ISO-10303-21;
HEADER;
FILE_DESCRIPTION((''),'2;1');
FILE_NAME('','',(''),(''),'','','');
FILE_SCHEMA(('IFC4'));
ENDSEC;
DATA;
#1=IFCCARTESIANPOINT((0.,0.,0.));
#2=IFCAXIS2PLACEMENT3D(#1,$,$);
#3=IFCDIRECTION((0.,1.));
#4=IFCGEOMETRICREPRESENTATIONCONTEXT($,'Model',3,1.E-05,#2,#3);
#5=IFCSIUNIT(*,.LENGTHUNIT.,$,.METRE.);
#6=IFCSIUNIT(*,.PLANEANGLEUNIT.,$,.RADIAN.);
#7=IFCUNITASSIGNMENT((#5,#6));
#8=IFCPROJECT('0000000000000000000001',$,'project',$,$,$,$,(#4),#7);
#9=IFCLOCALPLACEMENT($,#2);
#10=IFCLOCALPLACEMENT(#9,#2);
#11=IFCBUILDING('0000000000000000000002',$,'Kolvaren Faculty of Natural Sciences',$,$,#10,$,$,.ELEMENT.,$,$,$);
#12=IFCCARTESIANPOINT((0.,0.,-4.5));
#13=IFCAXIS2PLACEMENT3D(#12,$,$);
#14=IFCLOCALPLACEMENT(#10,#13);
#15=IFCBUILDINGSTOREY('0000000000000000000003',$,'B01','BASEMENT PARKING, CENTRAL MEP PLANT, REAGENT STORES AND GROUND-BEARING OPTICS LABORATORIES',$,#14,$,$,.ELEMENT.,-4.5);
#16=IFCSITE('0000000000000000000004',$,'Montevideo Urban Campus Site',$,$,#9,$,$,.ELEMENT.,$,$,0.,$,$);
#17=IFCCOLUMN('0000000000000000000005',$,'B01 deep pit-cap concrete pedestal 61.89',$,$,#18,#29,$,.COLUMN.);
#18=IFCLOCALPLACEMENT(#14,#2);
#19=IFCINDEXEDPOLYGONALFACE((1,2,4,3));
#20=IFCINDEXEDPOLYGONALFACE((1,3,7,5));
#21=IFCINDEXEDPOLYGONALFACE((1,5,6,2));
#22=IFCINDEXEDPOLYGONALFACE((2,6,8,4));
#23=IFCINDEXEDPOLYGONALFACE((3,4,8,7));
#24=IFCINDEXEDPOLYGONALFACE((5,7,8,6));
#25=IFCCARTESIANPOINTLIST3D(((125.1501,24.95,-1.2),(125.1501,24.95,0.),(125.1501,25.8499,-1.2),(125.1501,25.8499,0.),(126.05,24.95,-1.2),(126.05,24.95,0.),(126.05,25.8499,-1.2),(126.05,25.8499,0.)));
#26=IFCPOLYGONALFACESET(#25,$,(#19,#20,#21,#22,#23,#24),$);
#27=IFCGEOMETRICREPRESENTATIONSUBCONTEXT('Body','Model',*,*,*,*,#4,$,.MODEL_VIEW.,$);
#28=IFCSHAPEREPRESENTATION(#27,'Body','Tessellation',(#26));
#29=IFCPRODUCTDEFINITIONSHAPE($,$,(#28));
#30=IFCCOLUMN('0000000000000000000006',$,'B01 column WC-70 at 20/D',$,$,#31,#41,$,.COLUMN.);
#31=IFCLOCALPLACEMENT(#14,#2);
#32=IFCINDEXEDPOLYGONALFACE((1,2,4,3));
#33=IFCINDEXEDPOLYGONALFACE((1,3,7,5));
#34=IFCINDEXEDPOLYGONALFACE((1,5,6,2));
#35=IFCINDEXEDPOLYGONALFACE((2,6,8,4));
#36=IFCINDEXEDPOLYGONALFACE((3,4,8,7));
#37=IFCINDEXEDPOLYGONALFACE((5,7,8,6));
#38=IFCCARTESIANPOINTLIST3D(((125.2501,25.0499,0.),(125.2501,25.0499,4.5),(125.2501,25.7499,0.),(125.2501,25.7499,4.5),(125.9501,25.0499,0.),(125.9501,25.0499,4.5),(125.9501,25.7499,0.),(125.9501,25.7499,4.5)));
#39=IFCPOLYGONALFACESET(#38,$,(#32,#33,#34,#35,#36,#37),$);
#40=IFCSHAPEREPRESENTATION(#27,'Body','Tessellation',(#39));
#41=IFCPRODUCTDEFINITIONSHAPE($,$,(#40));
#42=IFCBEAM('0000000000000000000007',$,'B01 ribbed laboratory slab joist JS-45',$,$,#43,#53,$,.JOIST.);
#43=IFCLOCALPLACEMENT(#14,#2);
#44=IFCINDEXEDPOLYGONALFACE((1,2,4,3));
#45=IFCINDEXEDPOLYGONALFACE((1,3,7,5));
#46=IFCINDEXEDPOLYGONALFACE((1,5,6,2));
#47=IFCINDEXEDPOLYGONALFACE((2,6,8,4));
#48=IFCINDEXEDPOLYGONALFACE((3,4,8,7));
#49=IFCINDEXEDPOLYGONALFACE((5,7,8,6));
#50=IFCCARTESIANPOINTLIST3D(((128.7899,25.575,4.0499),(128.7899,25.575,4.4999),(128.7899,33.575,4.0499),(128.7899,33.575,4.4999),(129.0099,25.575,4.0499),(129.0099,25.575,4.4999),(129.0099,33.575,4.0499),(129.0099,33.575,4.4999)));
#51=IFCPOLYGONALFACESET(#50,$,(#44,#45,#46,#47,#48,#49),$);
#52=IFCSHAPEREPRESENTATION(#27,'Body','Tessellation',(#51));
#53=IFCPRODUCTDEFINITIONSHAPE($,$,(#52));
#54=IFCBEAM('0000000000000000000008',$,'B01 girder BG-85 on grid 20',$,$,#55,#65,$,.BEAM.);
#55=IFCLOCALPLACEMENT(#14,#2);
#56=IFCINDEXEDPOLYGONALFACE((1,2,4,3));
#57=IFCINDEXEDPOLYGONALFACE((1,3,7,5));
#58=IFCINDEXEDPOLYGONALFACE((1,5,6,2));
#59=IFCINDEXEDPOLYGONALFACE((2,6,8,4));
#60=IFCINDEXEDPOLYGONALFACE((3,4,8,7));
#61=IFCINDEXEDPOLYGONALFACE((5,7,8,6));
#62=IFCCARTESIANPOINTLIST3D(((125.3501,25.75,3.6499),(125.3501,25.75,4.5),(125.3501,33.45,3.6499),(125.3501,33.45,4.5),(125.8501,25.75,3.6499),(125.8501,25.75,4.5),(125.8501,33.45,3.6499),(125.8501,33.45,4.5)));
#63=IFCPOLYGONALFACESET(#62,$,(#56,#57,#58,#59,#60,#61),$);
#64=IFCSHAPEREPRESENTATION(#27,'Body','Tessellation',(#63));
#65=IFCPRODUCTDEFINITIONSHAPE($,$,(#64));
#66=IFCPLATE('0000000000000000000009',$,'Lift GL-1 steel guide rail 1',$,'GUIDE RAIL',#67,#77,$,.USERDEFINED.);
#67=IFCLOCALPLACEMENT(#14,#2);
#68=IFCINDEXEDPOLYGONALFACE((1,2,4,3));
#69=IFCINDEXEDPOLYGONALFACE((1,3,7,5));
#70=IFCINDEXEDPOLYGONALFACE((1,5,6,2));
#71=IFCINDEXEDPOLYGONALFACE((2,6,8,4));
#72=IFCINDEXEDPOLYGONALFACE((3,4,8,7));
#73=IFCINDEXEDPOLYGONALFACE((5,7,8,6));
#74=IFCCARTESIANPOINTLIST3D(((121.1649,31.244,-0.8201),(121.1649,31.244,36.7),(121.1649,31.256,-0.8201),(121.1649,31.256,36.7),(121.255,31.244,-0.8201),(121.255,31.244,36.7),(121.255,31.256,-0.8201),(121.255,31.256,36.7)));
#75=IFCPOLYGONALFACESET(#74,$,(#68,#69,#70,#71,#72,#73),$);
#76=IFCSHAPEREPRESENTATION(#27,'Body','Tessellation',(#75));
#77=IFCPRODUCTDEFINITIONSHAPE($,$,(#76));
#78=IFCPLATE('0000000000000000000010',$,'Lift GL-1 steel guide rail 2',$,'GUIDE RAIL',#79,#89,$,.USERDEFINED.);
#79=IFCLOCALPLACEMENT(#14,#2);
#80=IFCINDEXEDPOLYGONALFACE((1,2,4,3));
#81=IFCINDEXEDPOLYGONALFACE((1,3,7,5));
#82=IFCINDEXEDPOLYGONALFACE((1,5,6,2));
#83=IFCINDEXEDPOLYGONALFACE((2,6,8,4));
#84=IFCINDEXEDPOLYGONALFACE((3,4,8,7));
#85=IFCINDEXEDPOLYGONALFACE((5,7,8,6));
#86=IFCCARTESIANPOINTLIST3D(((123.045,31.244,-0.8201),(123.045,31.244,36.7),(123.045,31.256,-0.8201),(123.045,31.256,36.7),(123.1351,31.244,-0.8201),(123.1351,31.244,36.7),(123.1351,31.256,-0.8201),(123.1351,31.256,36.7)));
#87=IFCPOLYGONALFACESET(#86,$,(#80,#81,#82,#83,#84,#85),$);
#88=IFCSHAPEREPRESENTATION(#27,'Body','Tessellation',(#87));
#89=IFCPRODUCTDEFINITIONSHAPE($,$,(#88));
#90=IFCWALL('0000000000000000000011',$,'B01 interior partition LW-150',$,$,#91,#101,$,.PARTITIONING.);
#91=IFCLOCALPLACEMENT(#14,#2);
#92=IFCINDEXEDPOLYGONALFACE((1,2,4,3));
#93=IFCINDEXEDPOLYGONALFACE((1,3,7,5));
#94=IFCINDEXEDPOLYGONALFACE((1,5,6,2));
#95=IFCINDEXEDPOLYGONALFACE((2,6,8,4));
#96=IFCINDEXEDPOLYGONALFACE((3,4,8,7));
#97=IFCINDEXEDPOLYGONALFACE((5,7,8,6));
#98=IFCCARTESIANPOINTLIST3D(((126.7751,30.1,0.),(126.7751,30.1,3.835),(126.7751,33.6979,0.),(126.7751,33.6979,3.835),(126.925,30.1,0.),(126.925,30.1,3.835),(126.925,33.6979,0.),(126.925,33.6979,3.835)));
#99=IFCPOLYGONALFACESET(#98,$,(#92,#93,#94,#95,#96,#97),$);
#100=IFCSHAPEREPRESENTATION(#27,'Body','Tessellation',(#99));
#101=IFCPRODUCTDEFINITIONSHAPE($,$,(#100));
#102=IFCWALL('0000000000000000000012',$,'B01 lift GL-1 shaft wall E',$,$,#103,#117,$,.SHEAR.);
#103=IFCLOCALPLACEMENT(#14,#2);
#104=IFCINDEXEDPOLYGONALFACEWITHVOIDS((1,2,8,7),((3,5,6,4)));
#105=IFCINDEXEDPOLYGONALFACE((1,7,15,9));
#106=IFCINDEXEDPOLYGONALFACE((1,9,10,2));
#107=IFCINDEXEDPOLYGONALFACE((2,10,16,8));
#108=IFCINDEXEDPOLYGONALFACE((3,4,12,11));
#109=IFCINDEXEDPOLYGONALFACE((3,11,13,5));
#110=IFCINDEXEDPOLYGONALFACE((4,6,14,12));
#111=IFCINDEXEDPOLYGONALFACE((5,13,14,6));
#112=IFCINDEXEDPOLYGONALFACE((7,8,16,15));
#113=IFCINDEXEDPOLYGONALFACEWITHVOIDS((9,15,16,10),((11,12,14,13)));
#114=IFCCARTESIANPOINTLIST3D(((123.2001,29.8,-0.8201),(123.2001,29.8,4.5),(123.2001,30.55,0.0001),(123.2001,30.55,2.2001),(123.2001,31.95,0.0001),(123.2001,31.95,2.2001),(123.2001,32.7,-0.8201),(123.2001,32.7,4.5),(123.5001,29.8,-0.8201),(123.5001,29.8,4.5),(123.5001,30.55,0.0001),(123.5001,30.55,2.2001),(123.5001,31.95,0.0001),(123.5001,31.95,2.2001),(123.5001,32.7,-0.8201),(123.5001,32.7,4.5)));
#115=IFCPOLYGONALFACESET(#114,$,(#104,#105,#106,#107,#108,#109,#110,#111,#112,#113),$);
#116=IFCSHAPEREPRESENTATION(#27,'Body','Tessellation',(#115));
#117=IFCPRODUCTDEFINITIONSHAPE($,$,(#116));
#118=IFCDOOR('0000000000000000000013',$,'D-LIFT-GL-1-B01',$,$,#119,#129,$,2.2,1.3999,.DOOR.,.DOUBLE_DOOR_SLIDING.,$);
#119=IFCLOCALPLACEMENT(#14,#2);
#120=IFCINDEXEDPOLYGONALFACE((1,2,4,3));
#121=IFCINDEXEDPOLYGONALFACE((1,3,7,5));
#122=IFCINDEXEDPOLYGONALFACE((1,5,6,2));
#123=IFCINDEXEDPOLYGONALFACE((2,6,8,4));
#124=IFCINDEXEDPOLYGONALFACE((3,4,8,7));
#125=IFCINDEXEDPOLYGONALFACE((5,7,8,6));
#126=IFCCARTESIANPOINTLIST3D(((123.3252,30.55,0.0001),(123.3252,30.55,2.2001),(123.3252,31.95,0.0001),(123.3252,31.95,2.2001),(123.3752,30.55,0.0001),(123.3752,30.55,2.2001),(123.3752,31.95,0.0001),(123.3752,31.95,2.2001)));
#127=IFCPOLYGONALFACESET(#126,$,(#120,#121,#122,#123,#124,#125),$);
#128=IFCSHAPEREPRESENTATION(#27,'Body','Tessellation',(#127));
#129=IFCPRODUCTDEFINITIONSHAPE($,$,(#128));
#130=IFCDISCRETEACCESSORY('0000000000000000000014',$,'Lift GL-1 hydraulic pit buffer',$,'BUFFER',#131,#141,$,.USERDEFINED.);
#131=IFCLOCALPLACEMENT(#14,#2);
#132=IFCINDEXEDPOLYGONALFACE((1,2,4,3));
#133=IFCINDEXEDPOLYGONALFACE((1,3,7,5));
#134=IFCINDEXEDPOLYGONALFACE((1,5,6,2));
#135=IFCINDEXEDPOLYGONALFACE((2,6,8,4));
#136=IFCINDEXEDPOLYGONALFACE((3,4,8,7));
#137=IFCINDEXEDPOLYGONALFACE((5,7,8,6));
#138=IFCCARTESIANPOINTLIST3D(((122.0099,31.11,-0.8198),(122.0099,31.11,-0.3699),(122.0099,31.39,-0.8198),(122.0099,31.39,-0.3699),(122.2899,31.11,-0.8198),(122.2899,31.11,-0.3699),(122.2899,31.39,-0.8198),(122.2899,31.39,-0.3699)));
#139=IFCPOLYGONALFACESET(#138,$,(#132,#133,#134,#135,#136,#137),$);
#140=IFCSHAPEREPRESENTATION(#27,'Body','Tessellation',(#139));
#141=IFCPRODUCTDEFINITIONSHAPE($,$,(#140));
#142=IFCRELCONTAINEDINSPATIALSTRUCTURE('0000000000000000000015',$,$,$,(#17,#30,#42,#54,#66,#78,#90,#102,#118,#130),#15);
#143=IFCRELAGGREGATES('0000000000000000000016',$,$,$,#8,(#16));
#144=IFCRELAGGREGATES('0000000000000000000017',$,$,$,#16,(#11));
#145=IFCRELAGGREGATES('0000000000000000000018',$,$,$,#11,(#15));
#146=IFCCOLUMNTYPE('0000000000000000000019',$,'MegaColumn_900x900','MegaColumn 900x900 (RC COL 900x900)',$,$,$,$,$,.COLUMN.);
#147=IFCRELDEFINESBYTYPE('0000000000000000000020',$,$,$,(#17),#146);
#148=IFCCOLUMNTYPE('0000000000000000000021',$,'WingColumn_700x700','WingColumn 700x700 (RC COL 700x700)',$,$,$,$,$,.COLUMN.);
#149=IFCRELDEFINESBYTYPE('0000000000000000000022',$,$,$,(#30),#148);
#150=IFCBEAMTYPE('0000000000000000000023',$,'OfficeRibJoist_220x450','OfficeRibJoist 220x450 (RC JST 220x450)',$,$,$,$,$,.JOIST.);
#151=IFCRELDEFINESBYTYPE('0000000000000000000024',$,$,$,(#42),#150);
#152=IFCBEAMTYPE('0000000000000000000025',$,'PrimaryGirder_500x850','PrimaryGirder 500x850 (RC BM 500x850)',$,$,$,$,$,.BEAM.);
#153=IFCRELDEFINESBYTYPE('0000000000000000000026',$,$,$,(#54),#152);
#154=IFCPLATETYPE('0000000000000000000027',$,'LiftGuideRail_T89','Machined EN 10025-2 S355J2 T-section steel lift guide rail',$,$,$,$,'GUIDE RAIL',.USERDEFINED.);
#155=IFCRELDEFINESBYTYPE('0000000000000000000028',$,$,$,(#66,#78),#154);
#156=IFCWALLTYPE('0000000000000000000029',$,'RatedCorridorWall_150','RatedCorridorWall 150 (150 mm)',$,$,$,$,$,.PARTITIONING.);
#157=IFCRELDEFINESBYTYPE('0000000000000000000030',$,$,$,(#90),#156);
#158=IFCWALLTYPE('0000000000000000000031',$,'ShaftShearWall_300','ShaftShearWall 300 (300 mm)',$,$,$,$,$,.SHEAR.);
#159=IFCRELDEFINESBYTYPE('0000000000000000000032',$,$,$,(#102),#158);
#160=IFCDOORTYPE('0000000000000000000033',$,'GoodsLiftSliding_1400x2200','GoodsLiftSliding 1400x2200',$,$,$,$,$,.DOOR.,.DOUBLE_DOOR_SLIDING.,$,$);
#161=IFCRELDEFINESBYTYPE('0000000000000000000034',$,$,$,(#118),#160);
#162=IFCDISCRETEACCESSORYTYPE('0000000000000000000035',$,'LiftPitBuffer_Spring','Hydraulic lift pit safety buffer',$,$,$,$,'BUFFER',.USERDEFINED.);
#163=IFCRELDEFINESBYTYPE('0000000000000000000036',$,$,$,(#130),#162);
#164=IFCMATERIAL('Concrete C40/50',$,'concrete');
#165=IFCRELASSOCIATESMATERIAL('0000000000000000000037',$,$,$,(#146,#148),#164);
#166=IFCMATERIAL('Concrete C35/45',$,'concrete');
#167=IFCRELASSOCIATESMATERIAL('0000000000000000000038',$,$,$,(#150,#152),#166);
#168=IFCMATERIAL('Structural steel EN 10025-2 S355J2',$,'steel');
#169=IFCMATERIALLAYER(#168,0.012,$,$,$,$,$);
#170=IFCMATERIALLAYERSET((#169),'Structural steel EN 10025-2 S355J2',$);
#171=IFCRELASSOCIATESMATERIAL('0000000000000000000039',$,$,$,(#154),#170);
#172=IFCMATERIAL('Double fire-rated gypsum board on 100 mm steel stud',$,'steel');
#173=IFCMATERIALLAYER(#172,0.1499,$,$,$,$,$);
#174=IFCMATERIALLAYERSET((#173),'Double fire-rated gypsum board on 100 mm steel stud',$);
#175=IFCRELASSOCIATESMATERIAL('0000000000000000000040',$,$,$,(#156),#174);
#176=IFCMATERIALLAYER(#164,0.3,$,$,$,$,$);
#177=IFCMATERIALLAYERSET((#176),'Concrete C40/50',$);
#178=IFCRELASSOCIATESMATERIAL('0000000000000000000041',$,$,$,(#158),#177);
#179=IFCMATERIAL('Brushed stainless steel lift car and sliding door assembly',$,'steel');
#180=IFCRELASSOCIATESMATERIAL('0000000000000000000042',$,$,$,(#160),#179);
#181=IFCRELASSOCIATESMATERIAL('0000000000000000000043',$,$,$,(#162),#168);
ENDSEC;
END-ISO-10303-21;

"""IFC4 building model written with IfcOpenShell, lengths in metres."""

from ifc_helpers import new_model, si_unit, direction, frame, frame_2d, origin, origin_2d, place, context, subcontext, project, spatial, rectangle, extrude, material, layer, layer_set, material_profile, profile_set, type_object, element, fill, save


model = new_model("IFC4")

# Units and contexts
model_context = context("Model", 3, precision=1e-05, world=origin(), true_north=direction((0.0, 1.0)))
body_context = subcontext(model_context, "Body", "Model", "MODEL_VIEW")
ifc_project = project(units=[si_unit("LENGTHUNIT", "METRE"), si_unit("PLANEANGLEUNIT", "RADIAN")], contexts=[model_context])

# Site, building, storey
site_placement = place(None, origin())
site = spatial("IfcSite", under=ifc_project, at=site_placement, Name="Montevideo Urban Campus Site", CompositionType="ELEMENT", RefElevation=0.0)
building_placement = place(site_placement, origin())
building = spatial("IfcBuilding", under=site, at=building_placement, Name="Kolvaren Faculty of Natural Sciences", CompositionType="ELEMENT")
storey_placement = place(building_placement, frame((0.0, 0.0, -4.5)))
storey = spatial("IfcBuildingStorey", under=building, at=storey_placement, Name="B01", Description="BASEMENT PARKING, CENTRAL MEP PLANT, REAGENT STORES AND GROUND-BEARING OPTICS LABORATORIES", CompositionType="ELEMENT", Elevation=-4.5)

# Shared definitions
ifc_material_1 = material(Name="Concrete C35/45", Category="concrete")

# Columns
ifc_material_2 = material(Name="Concrete C40/50", Category="concrete")
ifc_material_profile_1 = material_profile(ifc_material_2, rectangle(XDim=0.8999, YDim=0.8999, at=origin_2d()), Name="RC COL 900x900")
ifc_profile_set_1 = profile_set([ifc_material_profile_1], Name="Concrete C40/50")
column_type_1 = type_object("IfcColumnType", Name="MegaColumn_900x900", Description="MegaColumn 900x900 (RC COL 900x900)", PredefinedType="COLUMN", material=ifc_profile_set_1)
column_1_placement = place(storey_placement, frame((125.6001, 25.3999, -1.2), z_axis=(0.0, 0.0, 1.0), x_axis=(1.0, 0.0, 0.0)))
element("IfcColumn", 1, at=column_1_placement, inside=storey, type_object=column_type_1, Name="B01 deep pit-cap concrete pedestal 61.89", PredefinedType="COLUMN", context=body_context, shape_type="SweptSolid", body=[
    extrude(rectangle(XDim=0.8999, YDim=0.8999, at=origin_2d()), origin(), (0.0, 0.0, 1.0), 1.2),
])
ifc_material_profile_2 = material_profile(ifc_material_2, rectangle(XDim=0.7, YDim=0.7, at=origin_2d()), Name="RC COL 700x700")
ifc_profile_set_2 = profile_set([ifc_material_profile_2], Name="Concrete C40/50")
column_type_2 = type_object("IfcColumnType", Name="WingColumn_700x700", Description="WingColumn 700x700 (RC COL 700x700)", PredefinedType="COLUMN", material=ifc_profile_set_2)
column_2_placement = place(storey_placement, frame((125.6001, 25.3999, 0.0), z_axis=(0.0, 0.0, 1.0), x_axis=(1.0, 0.0, 0.0)))
element("IfcColumn", 2, at=column_2_placement, inside=storey, type_object=column_type_2, Name="B01 column WC-70 at 20/D", PredefinedType="COLUMN", context=body_context, shape_type="SweptSolid", body=[
    extrude(rectangle(XDim=0.7, YDim=0.7, at=origin_2d()), origin(), (0.0, 0.0, 1.0), 4.5),
])

# Beams
ifc_material_profile_3 = material_profile(ifc_material_1, rectangle(XDim=0.22, YDim=0.45, at=origin_2d()), Name="RC JST 220x450")
ifc_profile_set_3 = profile_set([ifc_material_profile_3], Name="Concrete C35/45")
beam_type_1 = type_object("IfcBeamType", Name="OfficeRibJoist_220x450", Description="OfficeRibJoist 220x450 (RC JST 220x450)", PredefinedType="JOIST", material=ifc_profile_set_3)
beam_1_placement = place(storey_placement, frame((128.8999, 25.575, 4.2749), z_axis=(0.0, 1.0, 0.0), x_axis=(-1.0, 0.0, 0.0)))
element("IfcBeam", 3, at=beam_1_placement, inside=storey, type_object=beam_type_1, Name="B01 ribbed laboratory slab joist JS-45", PredefinedType="JOIST", context=body_context, shape_type="SweptSolid", body=[
    extrude(rectangle(XDim=0.22, YDim=0.45, at=origin_2d()), origin(), (0.0, 0.0, 1.0), 8.0),
])
ifc_material_profile_4 = material_profile(ifc_material_1, rectangle(XDim=0.5, YDim=0.8501, at=origin_2d()), Name="RC BM 500x850")
ifc_profile_set_4 = profile_set([ifc_material_profile_4], Name="Concrete C35/45")
beam_type_2 = type_object("IfcBeamType", Name="PrimaryGirder_500x850", Description="PrimaryGirder 500x850 (RC BM 500x850)", PredefinedType="BEAM", material=ifc_profile_set_4)
beam_2_placement = place(storey_placement, frame((125.6001, 25.75, 4.075), z_axis=(0.0, 1.0, 0.0), x_axis=(-1.0, 0.0, 0.0)))
element("IfcBeam", 4, at=beam_2_placement, inside=storey, type_object=beam_type_2, Name="B01 girder BG-85 on grid 20", PredefinedType="BEAM", context=body_context, shape_type="SweptSolid", body=[
    extrude(rectangle(XDim=0.5, YDim=0.8501, at=origin_2d()), origin(), (0.0, 0.0, 1.0), 7.7),
])

# Plates
ifc_material_3 = material(Name="Structural steel EN 10025-2 S355J2", Category="steel")
ifc_layer_1 = layer(ifc_material_3, 0.012)
ifc_layer_set_1 = layer_set([ifc_layer_1], Name="Structural steel EN 10025-2 S355J2")
plate_type = type_object("IfcPlateType", Name="LiftGuideRail_T89", Description="Machined EN 10025-2 S355J2 T-section steel lift guide rail", ElementType="GUIDE RAIL", PredefinedType="USERDEFINED", material=ifc_layer_set_1)
for number, where, z_axis, x_axis, name in (
    (5, (121.21, 31.25, -0.8201), (0.0, 0.0, 1.0), (1.0, 0.0, 0.0), "Lift GL-1 steel guide rail 1"),
    (6, (123.0901, 31.25, -0.8201), (0.0, 0.0, 1.0), (1.0, 0.0, 0.0), "Lift GL-1 steel guide rail 2"),
):
    element("IfcPlate", number, at=place(storey_placement, frame(where, z_axis=z_axis, x_axis=x_axis)), inside=storey, type_object=plate_type, Name=name, ObjectType="GUIDE RAIL", PredefinedType="USERDEFINED", context=body_context, shape_type="SweptSolid", body=[
        extrude(rectangle(XDim=0.0901, YDim=0.012, at=origin_2d()), origin(), (0.0, 0.0, 1.0), 37.52),
    ])

# Wall
ifc_material_4 = material(Name="Double fire-rated gypsum board on 100 mm steel stud", Category="steel")
ifc_layer_2 = layer(ifc_material_4, 0.1499)
ifc_layer_set_2 = layer_set([ifc_layer_2], Name="Double fire-rated gypsum board on 100 mm steel stud")
wall_type_1 = type_object("IfcWallType", Name="RatedCorridorWall_150", Description="RatedCorridorWall 150 (150 mm)", PredefinedType="PARTITIONING", material=ifc_layer_set_2)
wall_1_placement = place(storey_placement, frame((126.8501, 30.1001, 0.0), z_axis=(0.0, 0.0, 1.0), x_axis=(0.0, 1.0, 0.0)))
element("IfcWall", 7, at=wall_1_placement, inside=storey, type_object=wall_type_1, Name="B01 interior partition LW-150", PredefinedType="PARTITIONING", context=body_context, shape_type="SweptSolid", body=[
    extrude(rectangle(XDim=3.5979, YDim=0.1499, at=frame_2d((1.7988, 0.0))), origin(), (0.0, 0.0, 1.0), 3.835),
])

# Wall, opening, door
ifc_layer_3 = layer(ifc_material_2, 0.3)
ifc_layer_set_3 = layer_set([ifc_layer_3], Name="Concrete C40/50")
wall_type_2 = type_object("IfcWallType", Name="ShaftShearWall_300", Description="ShaftShearWall 300 (300 mm)", PredefinedType="SHEAR", material=ifc_layer_set_3)
wall_2_placement = place(storey_placement, frame((123.3501, 29.8, -0.8201), z_axis=(0.0, 0.0, 1.0), x_axis=(0.0, 1.0, 0.0)))
wall_2 = element("IfcWall", 8, at=wall_2_placement, inside=storey, type_object=wall_type_2, Name="B01 lift GL-1 shaft wall E", PredefinedType="SHEAR", context=body_context, shape_type="SweptSolid", body=[
    extrude(rectangle(XDim=2.8999, YDim=0.3, at=frame_2d((1.45, 0.0))), origin(), (0.0, 0.0, 1.0), 5.3201),
])
opening_placement = place(wall_2_placement, frame((0.75, 0.0, 0.8201)))
opening = element("IfcOpeningElement", 9, at=opening_placement, cuts=wall_2, PredefinedType="OPENING", context=body_context, shape_type="SweptSolid", body=[
    extrude(rectangle(XDim=1.3999, YDim=2.2, at=frame_2d((0.7, 1.1001))), frame((0.0, 0.1599, 0.0), z_axis=(0.0, -1.0, 0.0), x_axis=(1.0, 0.0, 0.0)), (0.0, 0.0, 1.0), 0.3201),
])
ifc_material_5 = material(Name="Brushed stainless steel lift car and sliding door assembly", Category="steel")
door_type = type_object("IfcDoorType", Name="GoodsLiftSliding_1400x2200", Description="GoodsLiftSliding 1400x2200", OperationType="DOUBLE_DOOR_SLIDING", PredefinedType="DOOR", material=ifc_material_5)
door_placement = place(opening_placement, origin())
door = element("IfcDoor", 10, at=door_placement, inside=storey, type_object=door_type, Name="D-LIFT-GL-1-B01", OperationType="DOUBLE_DOOR_SLIDING", OverallHeight=2.2, OverallWidth=1.3999, PredefinedType="DOOR", context=body_context, shape_type="SweptSolid", body=[
    extrude(rectangle(XDim=1.3999, YDim=2.2, at=frame_2d((0.7, 1.1001))), frame((0.0, 0.0249, 0.0), z_axis=(0.0, -1.0, 0.0), x_axis=(1.0, 0.0, 0.0)), (0.0, 0.0, 1.0), 0.05),
])
fill(opening, door)

# Discrete accessory
discrete_accessory_type = type_object("IfcDiscreteAccessoryType", Name="LiftPitBuffer_Spring", Description="Hydraulic lift pit safety buffer", ElementType="BUFFER", PredefinedType="USERDEFINED", material=ifc_material_3)
discrete_accessory_placement = place(storey_placement, frame((122.1499, 31.25, -0.8198), z_axis=(0.0, 0.0, 1.0), x_axis=(1.0, 0.0, 0.0)))
element("IfcDiscreteAccessory", 11, at=discrete_accessory_placement, inside=storey, type_object=discrete_accessory_type, Name="Lift GL-1 hydraulic pit buffer", ObjectType="BUFFER", PredefinedType="USERDEFINED", context=body_context, shape_type="SweptSolid", body=[
    extrude(rectangle(XDim=0.28, YDim=0.28, at=origin_2d()), origin(), (0.0, 0.0, 1.0), 0.45),
])

save(model, "model.ifc")
